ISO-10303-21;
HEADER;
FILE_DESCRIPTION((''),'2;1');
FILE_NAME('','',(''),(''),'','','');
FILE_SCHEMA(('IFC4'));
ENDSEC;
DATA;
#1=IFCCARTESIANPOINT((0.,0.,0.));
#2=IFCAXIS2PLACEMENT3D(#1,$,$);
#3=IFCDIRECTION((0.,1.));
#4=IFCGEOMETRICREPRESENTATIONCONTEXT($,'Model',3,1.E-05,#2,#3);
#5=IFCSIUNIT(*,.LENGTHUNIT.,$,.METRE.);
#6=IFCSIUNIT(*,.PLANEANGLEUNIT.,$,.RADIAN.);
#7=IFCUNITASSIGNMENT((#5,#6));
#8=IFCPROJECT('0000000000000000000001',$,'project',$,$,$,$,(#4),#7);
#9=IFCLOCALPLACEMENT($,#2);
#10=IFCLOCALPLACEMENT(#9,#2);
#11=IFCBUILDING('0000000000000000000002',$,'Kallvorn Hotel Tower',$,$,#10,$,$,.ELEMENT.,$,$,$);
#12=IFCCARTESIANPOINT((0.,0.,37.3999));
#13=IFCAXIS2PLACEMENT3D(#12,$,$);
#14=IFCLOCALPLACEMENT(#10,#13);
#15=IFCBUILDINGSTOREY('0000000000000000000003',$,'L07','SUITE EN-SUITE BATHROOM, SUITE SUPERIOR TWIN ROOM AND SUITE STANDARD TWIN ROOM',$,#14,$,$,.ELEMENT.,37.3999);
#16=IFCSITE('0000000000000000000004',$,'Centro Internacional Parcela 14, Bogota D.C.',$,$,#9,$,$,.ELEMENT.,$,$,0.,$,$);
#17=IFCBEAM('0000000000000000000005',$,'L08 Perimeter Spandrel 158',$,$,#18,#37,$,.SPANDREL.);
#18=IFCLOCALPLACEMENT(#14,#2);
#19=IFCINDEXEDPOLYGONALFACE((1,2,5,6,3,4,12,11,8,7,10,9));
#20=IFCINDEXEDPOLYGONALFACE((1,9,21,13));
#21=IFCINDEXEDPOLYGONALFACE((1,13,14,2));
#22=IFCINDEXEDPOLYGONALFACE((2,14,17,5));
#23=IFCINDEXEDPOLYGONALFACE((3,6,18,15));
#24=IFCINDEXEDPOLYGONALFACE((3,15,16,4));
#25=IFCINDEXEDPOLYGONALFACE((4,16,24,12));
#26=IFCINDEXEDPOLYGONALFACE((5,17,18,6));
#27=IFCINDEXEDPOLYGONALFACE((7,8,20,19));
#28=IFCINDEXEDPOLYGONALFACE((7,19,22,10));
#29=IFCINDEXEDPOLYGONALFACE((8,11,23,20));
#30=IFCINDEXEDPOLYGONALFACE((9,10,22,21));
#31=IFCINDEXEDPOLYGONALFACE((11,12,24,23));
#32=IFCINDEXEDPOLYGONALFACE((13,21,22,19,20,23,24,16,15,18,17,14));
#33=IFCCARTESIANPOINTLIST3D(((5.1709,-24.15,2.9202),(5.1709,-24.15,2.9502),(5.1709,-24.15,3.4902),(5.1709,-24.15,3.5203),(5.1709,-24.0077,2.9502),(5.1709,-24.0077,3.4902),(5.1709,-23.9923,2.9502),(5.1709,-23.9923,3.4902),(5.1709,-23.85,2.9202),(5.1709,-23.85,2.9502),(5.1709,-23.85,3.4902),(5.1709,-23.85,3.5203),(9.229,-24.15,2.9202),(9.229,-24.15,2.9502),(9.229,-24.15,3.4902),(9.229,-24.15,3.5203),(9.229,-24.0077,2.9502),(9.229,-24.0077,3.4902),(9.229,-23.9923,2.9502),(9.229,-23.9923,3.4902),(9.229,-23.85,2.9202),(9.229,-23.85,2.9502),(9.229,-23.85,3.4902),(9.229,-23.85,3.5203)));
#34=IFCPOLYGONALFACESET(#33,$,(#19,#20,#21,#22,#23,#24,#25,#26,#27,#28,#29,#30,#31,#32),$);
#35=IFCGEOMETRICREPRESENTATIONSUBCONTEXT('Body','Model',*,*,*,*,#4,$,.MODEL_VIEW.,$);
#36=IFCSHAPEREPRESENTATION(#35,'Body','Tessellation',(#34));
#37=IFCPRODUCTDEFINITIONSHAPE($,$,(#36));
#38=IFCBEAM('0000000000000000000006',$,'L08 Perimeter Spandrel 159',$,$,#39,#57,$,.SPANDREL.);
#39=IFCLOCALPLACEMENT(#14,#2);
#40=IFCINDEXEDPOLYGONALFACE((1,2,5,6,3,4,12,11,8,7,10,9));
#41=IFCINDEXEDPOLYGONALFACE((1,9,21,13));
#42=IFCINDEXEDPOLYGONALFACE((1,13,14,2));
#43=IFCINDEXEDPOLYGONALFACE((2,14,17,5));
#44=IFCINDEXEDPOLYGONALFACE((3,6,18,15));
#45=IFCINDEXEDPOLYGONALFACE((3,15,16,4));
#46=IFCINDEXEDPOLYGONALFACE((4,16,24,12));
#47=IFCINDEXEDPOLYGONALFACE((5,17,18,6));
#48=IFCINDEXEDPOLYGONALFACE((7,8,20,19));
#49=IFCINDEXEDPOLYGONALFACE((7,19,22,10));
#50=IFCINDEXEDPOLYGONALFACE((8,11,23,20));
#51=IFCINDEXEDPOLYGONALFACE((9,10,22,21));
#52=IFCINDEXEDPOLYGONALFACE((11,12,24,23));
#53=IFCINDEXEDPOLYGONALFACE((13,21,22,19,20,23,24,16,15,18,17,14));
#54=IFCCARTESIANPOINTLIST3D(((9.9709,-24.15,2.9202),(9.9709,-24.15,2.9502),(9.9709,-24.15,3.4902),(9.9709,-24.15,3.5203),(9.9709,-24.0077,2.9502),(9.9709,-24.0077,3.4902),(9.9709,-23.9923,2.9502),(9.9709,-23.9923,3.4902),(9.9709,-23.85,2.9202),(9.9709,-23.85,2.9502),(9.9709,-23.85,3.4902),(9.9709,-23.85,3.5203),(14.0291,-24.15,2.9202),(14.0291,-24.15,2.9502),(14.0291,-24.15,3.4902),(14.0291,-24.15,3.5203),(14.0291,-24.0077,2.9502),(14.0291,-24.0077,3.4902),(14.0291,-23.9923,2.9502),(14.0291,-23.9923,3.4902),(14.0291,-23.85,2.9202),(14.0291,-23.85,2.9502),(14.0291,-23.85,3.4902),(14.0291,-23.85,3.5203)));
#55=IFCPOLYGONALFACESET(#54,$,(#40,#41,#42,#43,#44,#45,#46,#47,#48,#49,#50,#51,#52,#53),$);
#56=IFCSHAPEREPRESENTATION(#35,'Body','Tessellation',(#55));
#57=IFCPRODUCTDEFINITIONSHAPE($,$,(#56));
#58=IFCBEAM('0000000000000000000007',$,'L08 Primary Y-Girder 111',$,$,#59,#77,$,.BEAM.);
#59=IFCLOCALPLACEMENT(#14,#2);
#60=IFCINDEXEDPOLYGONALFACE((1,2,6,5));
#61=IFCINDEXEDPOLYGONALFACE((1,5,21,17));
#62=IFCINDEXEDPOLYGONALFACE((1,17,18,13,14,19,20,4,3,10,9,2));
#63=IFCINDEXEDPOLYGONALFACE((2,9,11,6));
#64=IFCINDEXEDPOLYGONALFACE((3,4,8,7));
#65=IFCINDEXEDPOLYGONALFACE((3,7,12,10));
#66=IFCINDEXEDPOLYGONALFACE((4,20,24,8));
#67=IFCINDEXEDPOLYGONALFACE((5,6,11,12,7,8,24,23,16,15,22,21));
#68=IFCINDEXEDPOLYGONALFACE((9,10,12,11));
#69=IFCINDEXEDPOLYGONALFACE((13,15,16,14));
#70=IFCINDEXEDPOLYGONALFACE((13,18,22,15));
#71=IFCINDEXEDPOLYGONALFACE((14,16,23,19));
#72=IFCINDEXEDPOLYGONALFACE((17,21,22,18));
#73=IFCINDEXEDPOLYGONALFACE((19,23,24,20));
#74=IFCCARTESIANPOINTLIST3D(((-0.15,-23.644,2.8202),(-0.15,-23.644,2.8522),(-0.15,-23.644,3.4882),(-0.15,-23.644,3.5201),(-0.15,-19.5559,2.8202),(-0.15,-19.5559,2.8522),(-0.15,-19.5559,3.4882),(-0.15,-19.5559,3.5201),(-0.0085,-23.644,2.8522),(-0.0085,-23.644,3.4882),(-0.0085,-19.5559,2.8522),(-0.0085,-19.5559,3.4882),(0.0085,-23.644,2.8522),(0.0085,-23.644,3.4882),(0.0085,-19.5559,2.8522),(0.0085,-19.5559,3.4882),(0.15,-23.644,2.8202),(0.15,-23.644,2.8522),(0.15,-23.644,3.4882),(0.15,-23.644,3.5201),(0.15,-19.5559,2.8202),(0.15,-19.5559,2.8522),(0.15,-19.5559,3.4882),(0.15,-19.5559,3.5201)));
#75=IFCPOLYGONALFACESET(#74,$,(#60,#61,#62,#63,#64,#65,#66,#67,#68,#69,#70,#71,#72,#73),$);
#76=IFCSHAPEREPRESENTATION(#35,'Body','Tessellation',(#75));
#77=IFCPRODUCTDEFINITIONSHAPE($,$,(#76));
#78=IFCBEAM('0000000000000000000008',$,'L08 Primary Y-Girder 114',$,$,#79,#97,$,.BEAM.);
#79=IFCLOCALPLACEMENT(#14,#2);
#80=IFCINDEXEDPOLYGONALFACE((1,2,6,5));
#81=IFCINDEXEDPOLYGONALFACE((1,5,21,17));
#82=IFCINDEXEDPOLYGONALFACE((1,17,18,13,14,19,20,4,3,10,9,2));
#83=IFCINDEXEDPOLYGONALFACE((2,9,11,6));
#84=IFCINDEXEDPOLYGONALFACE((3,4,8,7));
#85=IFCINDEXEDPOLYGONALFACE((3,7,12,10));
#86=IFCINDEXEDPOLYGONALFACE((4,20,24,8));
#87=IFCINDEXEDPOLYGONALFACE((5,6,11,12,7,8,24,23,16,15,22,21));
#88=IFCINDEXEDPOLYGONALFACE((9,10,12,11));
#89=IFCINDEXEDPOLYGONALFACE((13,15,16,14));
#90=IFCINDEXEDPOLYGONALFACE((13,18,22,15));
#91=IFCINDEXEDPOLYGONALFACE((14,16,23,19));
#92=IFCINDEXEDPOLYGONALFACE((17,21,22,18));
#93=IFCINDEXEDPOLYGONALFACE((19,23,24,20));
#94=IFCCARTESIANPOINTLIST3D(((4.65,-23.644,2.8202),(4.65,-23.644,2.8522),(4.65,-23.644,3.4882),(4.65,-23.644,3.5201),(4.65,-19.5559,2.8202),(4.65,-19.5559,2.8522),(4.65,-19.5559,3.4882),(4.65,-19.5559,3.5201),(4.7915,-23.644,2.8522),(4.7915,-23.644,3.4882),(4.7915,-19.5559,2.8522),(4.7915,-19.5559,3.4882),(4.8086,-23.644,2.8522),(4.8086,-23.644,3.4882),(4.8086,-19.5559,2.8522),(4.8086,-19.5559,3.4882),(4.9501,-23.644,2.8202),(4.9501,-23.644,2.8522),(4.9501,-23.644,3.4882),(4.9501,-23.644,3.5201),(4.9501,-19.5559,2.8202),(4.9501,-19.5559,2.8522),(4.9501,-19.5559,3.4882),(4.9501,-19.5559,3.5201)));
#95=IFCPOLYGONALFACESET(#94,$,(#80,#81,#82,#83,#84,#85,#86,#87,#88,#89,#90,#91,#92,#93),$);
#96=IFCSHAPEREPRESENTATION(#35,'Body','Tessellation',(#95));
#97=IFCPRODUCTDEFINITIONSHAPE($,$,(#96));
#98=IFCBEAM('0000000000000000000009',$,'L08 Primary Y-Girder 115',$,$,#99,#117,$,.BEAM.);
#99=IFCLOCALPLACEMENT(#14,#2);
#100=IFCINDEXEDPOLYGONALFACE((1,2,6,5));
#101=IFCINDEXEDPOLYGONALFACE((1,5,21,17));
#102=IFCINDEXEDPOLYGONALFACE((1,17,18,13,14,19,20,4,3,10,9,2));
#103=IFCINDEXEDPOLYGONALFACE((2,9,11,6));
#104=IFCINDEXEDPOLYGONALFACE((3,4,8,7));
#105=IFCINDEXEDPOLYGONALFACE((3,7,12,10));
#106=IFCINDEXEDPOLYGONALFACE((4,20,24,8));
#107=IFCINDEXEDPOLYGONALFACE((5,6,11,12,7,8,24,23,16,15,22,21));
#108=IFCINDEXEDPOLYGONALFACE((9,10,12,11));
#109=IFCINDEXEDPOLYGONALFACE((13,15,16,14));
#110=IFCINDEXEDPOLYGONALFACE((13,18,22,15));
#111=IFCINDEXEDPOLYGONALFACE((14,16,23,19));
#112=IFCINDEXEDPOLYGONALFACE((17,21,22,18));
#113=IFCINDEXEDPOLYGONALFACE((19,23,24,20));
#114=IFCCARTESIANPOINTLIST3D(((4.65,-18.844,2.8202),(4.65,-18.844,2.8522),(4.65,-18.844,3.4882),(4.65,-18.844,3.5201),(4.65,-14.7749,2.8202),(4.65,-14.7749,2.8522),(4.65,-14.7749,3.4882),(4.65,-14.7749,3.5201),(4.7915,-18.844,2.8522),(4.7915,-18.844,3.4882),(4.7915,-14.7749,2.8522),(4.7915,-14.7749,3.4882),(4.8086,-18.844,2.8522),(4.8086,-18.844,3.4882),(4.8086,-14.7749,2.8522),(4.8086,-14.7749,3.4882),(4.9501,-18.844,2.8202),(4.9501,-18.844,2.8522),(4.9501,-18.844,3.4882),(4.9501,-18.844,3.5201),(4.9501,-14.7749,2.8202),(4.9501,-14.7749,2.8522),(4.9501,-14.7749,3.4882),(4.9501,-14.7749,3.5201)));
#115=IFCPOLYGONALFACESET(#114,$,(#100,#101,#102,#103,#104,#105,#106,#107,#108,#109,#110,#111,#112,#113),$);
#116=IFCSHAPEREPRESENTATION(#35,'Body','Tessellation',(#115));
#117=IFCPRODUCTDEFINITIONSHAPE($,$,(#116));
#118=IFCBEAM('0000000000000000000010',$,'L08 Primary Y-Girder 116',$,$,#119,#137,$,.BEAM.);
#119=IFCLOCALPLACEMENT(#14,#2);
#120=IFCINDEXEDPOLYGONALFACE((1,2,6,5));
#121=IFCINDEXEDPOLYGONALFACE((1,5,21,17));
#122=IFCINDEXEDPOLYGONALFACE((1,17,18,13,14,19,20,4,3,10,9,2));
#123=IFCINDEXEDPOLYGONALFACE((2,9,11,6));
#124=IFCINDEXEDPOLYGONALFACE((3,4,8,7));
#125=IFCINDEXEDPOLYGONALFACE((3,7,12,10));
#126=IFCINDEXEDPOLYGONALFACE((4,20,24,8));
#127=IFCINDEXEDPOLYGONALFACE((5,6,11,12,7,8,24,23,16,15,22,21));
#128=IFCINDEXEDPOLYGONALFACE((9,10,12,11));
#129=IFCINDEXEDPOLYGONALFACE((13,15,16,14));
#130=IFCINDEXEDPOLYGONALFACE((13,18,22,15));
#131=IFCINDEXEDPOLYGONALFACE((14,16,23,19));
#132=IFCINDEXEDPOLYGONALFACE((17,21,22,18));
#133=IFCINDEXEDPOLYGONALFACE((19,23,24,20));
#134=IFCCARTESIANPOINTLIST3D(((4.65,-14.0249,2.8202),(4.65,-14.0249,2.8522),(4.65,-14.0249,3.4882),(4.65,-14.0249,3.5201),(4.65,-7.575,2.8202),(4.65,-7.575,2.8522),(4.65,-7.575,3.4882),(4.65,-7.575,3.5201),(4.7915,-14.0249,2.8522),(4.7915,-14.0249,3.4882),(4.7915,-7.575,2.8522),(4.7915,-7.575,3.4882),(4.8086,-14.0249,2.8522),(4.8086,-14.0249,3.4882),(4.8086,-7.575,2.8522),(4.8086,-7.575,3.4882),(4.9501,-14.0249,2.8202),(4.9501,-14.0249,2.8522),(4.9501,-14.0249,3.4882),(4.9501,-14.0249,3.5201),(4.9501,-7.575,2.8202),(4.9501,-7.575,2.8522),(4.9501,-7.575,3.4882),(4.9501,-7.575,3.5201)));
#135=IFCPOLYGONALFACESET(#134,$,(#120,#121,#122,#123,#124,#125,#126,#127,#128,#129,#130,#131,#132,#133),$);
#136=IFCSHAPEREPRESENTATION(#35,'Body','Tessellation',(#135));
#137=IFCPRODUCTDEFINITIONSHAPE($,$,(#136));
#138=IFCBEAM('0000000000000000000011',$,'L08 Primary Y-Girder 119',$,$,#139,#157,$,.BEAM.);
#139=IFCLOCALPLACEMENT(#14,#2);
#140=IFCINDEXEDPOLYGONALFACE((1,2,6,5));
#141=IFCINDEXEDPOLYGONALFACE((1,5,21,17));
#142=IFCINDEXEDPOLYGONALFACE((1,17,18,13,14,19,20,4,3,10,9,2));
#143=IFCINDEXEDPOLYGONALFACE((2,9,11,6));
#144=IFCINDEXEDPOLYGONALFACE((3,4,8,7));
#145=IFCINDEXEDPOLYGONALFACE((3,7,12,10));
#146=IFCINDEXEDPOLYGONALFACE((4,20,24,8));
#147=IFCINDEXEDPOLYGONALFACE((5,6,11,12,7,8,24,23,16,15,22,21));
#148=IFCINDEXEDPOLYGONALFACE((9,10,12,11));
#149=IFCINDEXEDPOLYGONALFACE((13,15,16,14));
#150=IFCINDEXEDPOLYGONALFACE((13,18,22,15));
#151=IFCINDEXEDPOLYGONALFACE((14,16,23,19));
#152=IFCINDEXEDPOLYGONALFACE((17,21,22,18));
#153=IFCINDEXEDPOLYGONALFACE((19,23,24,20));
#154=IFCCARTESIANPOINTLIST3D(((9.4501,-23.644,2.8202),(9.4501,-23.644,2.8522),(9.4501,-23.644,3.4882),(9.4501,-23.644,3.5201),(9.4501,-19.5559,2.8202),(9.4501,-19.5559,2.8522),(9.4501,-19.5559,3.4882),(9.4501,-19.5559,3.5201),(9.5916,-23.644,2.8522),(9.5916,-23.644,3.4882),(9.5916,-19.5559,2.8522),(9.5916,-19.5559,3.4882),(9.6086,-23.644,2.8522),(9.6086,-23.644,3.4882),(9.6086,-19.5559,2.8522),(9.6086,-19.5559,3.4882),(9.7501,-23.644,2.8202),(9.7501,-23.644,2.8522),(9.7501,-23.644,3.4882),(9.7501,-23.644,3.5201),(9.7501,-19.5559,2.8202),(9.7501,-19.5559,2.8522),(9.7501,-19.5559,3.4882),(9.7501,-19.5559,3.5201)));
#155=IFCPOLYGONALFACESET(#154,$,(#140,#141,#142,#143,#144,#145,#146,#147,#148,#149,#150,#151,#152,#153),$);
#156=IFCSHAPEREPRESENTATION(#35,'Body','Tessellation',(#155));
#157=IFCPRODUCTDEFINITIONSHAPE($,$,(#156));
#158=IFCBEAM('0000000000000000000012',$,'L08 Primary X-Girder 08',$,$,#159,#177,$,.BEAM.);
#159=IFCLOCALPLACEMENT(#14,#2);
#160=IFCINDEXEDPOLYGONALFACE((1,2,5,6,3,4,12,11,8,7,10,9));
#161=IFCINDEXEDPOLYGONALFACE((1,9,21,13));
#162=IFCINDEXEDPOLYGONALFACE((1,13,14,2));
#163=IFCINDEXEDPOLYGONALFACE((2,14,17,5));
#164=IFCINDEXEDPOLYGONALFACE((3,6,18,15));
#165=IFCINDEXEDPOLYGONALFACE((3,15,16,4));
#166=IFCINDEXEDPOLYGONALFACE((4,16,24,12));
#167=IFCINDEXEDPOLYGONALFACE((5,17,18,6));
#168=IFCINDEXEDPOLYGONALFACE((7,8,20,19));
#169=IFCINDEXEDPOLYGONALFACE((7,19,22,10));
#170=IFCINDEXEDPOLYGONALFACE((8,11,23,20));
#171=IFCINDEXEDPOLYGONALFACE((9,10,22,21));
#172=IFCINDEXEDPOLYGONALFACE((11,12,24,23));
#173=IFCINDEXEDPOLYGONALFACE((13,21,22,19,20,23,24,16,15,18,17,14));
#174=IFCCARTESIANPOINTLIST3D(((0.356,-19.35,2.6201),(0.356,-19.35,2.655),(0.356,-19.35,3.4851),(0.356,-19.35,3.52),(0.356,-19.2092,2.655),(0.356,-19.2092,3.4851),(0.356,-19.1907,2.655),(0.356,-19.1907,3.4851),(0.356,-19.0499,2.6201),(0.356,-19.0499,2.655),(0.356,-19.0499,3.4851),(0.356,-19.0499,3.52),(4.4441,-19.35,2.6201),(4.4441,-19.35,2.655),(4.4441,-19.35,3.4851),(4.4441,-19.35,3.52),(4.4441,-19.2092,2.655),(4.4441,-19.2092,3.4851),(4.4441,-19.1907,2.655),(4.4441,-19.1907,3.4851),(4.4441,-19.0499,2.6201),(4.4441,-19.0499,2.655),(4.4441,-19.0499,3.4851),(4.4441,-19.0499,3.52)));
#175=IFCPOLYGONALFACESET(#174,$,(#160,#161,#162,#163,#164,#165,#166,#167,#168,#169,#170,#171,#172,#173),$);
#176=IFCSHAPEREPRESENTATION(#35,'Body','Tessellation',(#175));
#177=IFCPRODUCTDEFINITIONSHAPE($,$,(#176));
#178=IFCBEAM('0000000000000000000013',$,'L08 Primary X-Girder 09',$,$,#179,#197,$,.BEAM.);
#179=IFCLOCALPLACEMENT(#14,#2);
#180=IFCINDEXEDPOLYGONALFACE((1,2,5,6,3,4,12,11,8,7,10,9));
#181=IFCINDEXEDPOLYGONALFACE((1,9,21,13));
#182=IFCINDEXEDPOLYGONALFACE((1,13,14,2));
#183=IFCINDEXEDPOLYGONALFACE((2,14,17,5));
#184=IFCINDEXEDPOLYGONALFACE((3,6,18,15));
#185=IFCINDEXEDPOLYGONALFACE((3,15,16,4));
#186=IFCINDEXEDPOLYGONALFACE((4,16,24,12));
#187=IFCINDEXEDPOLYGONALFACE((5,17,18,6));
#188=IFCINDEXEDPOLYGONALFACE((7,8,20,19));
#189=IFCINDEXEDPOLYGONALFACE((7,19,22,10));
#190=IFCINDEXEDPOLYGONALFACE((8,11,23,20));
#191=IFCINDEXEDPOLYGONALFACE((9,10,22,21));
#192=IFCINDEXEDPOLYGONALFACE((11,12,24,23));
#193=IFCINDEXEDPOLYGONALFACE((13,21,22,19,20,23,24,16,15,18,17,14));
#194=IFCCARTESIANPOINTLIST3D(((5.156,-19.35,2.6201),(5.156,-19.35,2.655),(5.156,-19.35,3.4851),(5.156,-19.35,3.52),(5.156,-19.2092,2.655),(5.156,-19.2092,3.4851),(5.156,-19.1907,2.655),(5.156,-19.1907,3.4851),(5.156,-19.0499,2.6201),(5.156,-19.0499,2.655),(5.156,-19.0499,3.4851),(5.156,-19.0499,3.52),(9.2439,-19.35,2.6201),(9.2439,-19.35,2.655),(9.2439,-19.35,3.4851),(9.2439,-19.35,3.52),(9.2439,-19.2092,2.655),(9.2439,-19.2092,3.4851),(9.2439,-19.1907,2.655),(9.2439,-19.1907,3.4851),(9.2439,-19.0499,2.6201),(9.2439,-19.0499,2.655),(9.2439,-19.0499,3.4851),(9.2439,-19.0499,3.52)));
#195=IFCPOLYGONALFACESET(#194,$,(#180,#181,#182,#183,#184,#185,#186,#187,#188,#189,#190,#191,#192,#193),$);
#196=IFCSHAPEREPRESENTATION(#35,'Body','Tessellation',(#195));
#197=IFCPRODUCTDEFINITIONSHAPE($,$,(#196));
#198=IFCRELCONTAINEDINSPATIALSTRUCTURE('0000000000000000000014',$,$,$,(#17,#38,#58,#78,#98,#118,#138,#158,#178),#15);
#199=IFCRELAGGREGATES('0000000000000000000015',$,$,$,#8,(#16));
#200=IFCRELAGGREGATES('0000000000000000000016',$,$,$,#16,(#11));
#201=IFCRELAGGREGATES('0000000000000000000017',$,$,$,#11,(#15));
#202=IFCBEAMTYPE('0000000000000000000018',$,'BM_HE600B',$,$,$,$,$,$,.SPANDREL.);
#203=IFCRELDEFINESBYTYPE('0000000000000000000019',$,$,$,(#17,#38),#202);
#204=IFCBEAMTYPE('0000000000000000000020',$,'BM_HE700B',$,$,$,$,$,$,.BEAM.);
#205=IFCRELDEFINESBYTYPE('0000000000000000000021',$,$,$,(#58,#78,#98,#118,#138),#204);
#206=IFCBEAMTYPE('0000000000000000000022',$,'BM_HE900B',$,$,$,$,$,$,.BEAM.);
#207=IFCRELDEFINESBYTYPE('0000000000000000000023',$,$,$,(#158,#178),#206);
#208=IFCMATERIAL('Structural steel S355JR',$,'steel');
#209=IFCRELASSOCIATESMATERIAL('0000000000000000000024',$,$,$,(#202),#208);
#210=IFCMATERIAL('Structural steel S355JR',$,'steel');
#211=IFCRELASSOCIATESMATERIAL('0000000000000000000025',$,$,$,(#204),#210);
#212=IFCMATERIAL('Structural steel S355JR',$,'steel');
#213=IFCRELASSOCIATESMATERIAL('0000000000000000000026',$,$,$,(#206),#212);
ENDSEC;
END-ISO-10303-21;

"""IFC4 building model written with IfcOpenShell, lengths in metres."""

from ifc_helpers import new_model, si_unit, direction, frame, origin, origin_2d, place, context, subcontext, project, spatial, i_section, extrude, material, material_profile, profile_set, type_object, element, save


model = new_model("IFC4")

# Units and contexts
model_context = context("Model", 3, precision=1e-05, world=origin(), true_north=direction((0.0, 1.0)))
body_context = subcontext(model_context, "Body", "Model", "MODEL_VIEW")
ifc_project = project(units=[si_unit("LENGTHUNIT", "METRE"), si_unit("PLANEANGLEUNIT", "RADIAN")], contexts=[model_context])

# Site, building, storey
site_placement = place(None, origin())
site = spatial("IfcSite", under=ifc_project, at=site_placement, Name="Centro Internacional Parcela 14, Bogota D.C.", CompositionType="ELEMENT", RefElevation=0.0)
building_placement = place(site_placement, origin())
building = spatial("IfcBuilding", under=site, at=building_placement, Name="Kallvorn Hotel Tower", CompositionType="ELEMENT")
storey_placement = place(building_placement, frame((0.0, 0.0, 37.3999)))
storey = spatial("IfcBuildingStorey", under=building, at=storey_placement, Name="L07", Description="SUITE EN-SUITE BATHROOM, SUITE SUPERIOR TWIN ROOM AND SUITE STANDARD TWIN ROOM", CompositionType="ELEMENT", Elevation=37.3999)

# Beams
ifc_material_1 = material(Name="Structural steel S355JR", Category="steel")
ifc_material_profile_1 = material_profile(ifc_material_1, i_section(OverallWidth=0.3, OverallDepth=0.6001, WebThickness=0.0154, FlangeThickness=0.03, at=origin_2d()), Name="HE 600 B")
ifc_profile_set_1 = profile_set([ifc_material_profile_1], Name="Structural steel S355JR")
beam_type_1 = type_object("IfcBeamType", Name="BM_HE600B", PredefinedType="SPANDREL", material=ifc_profile_set_1)
for number, where, z_axis, x_axis, name in (
    (1, (5.1709, -24.0, 3.2202), (1.0, 0.0, 0.0), (0.0, 1.0, 0.0), "L08 Perimeter Spandrel 158"),
    (2, (9.9709, -24.0, 3.2202), (1.0, 0.0, 0.0), (0.0, 1.0, 0.0), "L08 Perimeter Spandrel 159"),
):
    element("IfcBeam", number, at=place(storey_placement, frame(where, z_axis=z_axis, x_axis=x_axis)), inside=storey, type_object=beam_type_1, Name=name, PredefinedType="SPANDREL", context=body_context, shape_type="SweptSolid", body=[
        extrude(i_section(OverallWidth=0.3, OverallDepth=0.6001, WebThickness=0.0154, FlangeThickness=0.03, at=origin_2d()), origin(), (0.0, 0.0, 1.0), 4.0581),
    ])
ifc_material_2 = material(Name="Structural steel S355JR", Category="steel")
ifc_material_profile_2 = material_profile(ifc_material_2, i_section(OverallWidth=0.3, OverallDepth=0.7, WebThickness=0.0171, FlangeThickness=0.032, at=origin_2d()), Name="HE 700 B")
ifc_profile_set_2 = profile_set([ifc_material_profile_2], Name="Structural steel S355JR")
beam_type_2 = type_object("IfcBeamType", Name="BM_HE700B", PredefinedType="BEAM", material=ifc_profile_set_2)
for number, where, z_axis, x_axis, name in (
    (3, (0.0, -23.644, 3.1702), (0.0, 1.0, 0.0), (-1.0, 0.0, 0.0), "L08 Primary Y-Girder 111"),
    (4, (4.8, -23.644, 3.1702), (0.0, 1.0, 0.0), (-1.0, 0.0, 0.0), "L08 Primary Y-Girder 114"),
):
    element("IfcBeam", number, at=place(storey_placement, frame(where, z_axis=z_axis, x_axis=x_axis)), inside=storey, type_object=beam_type_2, Name=name, PredefinedType="BEAM", context=body_context, shape_type="SweptSolid", body=[
        extrude(i_section(OverallWidth=0.3, OverallDepth=0.7, WebThickness=0.0171, FlangeThickness=0.032, at=origin_2d()), origin(), (0.0, 0.0, 1.0), 4.0881),
    ])
beam_1_placement = place(storey_placement, frame((4.8, -18.844, 3.1702), z_axis=(0.0, 1.0, 0.0), x_axis=(-1.0, 0.0, 0.0)))
element("IfcBeam", 5, at=beam_1_placement, inside=storey, type_object=beam_type_2, Name="L08 Primary Y-Girder 115", PredefinedType="BEAM", context=body_context, shape_type="SweptSolid", body=[
    extrude(i_section(OverallWidth=0.3, OverallDepth=0.7, WebThickness=0.0171, FlangeThickness=0.032, at=origin_2d()), origin(), (0.0, 0.0, 1.0), 4.0691),
])
beam_2_placement = place(storey_placement, frame((4.8, -14.0249, 3.1702), z_axis=(0.0, 1.0, 0.0), x_axis=(-1.0, 0.0, 0.0)))
element("IfcBeam", 6, at=beam_2_placement, inside=storey, type_object=beam_type_2, Name="L08 Primary Y-Girder 116", PredefinedType="BEAM", context=body_context, shape_type="SweptSolid", body=[
    extrude(i_section(OverallWidth=0.3, OverallDepth=0.7, WebThickness=0.0171, FlangeThickness=0.032, at=origin_2d()), origin(), (0.0, 0.0, 1.0), 6.45),
])
beam_3_placement = place(storey_placement, frame((9.6001, -23.644, 3.1702), z_axis=(0.0, 1.0, 0.0), x_axis=(-1.0, 0.0, 0.0)))
element("IfcBeam", 7, at=beam_3_placement, inside=storey, type_object=beam_type_2, Name="L08 Primary Y-Girder 119", PredefinedType="BEAM", context=body_context, shape_type="SweptSolid", body=[
    extrude(i_section(OverallWidth=0.3, OverallDepth=0.7, WebThickness=0.0171, FlangeThickness=0.032, at=origin_2d()), origin(), (0.0, 0.0, 1.0), 4.0881),
])
ifc_material_3 = material(Name="Structural steel S355JR", Category="steel")
ifc_material_profile_3 = material_profile(ifc_material_3, i_section(OverallWidth=0.3, OverallDepth=0.8999, WebThickness=0.0186, FlangeThickness=0.0349, at=origin_2d()), Name="HE 900 B")
ifc_profile_set_3 = profile_set([ifc_material_profile_3], Name="Structural steel S355JR")
beam_type_3 = type_object("IfcBeamType", Name="BM_HE900B", PredefinedType="BEAM", material=ifc_profile_set_3)
beam_4_placement = place(storey_placement, frame((0.356, -19.2, 3.0701), z_axis=(1.0, 0.0, 0.0), x_axis=(0.0, 1.0, 0.0)))
element("IfcBeam", 8, at=beam_4_placement, inside=storey, type_object=beam_type_3, Name="L08 Primary X-Girder 08", PredefinedType="BEAM", context=body_context, shape_type="SweptSolid", body=[
    extrude(i_section(OverallWidth=0.3, OverallDepth=0.8999, WebThickness=0.0186, FlangeThickness=0.0349, at=origin_2d()), origin(), (0.0, 0.0, 1.0), 4.0881),
])
for number, where, z_axis, x_axis, name in (
    (9, (5.156, -19.2, 3.0701), (1.0, 0.0, 0.0), (0.0, 1.0, 0.0), "L08 Primary X-Girder 09"),
):
    element("IfcBeam", number, at=place(storey_placement, frame(where, z_axis=z_axis, x_axis=x_axis)), inside=storey, type_object=beam_type_3, Name=name, PredefinedType="BEAM", context=body_context, shape_type="SweptSolid", body=[
        extrude(i_section(OverallWidth=0.3, OverallDepth=0.8999, WebThickness=0.0186, FlangeThickness=0.0349, at=origin_2d()), origin(), (0.0, 0.0, 1.0), 4.0879),
    ])

save(model, "model.ifc")
